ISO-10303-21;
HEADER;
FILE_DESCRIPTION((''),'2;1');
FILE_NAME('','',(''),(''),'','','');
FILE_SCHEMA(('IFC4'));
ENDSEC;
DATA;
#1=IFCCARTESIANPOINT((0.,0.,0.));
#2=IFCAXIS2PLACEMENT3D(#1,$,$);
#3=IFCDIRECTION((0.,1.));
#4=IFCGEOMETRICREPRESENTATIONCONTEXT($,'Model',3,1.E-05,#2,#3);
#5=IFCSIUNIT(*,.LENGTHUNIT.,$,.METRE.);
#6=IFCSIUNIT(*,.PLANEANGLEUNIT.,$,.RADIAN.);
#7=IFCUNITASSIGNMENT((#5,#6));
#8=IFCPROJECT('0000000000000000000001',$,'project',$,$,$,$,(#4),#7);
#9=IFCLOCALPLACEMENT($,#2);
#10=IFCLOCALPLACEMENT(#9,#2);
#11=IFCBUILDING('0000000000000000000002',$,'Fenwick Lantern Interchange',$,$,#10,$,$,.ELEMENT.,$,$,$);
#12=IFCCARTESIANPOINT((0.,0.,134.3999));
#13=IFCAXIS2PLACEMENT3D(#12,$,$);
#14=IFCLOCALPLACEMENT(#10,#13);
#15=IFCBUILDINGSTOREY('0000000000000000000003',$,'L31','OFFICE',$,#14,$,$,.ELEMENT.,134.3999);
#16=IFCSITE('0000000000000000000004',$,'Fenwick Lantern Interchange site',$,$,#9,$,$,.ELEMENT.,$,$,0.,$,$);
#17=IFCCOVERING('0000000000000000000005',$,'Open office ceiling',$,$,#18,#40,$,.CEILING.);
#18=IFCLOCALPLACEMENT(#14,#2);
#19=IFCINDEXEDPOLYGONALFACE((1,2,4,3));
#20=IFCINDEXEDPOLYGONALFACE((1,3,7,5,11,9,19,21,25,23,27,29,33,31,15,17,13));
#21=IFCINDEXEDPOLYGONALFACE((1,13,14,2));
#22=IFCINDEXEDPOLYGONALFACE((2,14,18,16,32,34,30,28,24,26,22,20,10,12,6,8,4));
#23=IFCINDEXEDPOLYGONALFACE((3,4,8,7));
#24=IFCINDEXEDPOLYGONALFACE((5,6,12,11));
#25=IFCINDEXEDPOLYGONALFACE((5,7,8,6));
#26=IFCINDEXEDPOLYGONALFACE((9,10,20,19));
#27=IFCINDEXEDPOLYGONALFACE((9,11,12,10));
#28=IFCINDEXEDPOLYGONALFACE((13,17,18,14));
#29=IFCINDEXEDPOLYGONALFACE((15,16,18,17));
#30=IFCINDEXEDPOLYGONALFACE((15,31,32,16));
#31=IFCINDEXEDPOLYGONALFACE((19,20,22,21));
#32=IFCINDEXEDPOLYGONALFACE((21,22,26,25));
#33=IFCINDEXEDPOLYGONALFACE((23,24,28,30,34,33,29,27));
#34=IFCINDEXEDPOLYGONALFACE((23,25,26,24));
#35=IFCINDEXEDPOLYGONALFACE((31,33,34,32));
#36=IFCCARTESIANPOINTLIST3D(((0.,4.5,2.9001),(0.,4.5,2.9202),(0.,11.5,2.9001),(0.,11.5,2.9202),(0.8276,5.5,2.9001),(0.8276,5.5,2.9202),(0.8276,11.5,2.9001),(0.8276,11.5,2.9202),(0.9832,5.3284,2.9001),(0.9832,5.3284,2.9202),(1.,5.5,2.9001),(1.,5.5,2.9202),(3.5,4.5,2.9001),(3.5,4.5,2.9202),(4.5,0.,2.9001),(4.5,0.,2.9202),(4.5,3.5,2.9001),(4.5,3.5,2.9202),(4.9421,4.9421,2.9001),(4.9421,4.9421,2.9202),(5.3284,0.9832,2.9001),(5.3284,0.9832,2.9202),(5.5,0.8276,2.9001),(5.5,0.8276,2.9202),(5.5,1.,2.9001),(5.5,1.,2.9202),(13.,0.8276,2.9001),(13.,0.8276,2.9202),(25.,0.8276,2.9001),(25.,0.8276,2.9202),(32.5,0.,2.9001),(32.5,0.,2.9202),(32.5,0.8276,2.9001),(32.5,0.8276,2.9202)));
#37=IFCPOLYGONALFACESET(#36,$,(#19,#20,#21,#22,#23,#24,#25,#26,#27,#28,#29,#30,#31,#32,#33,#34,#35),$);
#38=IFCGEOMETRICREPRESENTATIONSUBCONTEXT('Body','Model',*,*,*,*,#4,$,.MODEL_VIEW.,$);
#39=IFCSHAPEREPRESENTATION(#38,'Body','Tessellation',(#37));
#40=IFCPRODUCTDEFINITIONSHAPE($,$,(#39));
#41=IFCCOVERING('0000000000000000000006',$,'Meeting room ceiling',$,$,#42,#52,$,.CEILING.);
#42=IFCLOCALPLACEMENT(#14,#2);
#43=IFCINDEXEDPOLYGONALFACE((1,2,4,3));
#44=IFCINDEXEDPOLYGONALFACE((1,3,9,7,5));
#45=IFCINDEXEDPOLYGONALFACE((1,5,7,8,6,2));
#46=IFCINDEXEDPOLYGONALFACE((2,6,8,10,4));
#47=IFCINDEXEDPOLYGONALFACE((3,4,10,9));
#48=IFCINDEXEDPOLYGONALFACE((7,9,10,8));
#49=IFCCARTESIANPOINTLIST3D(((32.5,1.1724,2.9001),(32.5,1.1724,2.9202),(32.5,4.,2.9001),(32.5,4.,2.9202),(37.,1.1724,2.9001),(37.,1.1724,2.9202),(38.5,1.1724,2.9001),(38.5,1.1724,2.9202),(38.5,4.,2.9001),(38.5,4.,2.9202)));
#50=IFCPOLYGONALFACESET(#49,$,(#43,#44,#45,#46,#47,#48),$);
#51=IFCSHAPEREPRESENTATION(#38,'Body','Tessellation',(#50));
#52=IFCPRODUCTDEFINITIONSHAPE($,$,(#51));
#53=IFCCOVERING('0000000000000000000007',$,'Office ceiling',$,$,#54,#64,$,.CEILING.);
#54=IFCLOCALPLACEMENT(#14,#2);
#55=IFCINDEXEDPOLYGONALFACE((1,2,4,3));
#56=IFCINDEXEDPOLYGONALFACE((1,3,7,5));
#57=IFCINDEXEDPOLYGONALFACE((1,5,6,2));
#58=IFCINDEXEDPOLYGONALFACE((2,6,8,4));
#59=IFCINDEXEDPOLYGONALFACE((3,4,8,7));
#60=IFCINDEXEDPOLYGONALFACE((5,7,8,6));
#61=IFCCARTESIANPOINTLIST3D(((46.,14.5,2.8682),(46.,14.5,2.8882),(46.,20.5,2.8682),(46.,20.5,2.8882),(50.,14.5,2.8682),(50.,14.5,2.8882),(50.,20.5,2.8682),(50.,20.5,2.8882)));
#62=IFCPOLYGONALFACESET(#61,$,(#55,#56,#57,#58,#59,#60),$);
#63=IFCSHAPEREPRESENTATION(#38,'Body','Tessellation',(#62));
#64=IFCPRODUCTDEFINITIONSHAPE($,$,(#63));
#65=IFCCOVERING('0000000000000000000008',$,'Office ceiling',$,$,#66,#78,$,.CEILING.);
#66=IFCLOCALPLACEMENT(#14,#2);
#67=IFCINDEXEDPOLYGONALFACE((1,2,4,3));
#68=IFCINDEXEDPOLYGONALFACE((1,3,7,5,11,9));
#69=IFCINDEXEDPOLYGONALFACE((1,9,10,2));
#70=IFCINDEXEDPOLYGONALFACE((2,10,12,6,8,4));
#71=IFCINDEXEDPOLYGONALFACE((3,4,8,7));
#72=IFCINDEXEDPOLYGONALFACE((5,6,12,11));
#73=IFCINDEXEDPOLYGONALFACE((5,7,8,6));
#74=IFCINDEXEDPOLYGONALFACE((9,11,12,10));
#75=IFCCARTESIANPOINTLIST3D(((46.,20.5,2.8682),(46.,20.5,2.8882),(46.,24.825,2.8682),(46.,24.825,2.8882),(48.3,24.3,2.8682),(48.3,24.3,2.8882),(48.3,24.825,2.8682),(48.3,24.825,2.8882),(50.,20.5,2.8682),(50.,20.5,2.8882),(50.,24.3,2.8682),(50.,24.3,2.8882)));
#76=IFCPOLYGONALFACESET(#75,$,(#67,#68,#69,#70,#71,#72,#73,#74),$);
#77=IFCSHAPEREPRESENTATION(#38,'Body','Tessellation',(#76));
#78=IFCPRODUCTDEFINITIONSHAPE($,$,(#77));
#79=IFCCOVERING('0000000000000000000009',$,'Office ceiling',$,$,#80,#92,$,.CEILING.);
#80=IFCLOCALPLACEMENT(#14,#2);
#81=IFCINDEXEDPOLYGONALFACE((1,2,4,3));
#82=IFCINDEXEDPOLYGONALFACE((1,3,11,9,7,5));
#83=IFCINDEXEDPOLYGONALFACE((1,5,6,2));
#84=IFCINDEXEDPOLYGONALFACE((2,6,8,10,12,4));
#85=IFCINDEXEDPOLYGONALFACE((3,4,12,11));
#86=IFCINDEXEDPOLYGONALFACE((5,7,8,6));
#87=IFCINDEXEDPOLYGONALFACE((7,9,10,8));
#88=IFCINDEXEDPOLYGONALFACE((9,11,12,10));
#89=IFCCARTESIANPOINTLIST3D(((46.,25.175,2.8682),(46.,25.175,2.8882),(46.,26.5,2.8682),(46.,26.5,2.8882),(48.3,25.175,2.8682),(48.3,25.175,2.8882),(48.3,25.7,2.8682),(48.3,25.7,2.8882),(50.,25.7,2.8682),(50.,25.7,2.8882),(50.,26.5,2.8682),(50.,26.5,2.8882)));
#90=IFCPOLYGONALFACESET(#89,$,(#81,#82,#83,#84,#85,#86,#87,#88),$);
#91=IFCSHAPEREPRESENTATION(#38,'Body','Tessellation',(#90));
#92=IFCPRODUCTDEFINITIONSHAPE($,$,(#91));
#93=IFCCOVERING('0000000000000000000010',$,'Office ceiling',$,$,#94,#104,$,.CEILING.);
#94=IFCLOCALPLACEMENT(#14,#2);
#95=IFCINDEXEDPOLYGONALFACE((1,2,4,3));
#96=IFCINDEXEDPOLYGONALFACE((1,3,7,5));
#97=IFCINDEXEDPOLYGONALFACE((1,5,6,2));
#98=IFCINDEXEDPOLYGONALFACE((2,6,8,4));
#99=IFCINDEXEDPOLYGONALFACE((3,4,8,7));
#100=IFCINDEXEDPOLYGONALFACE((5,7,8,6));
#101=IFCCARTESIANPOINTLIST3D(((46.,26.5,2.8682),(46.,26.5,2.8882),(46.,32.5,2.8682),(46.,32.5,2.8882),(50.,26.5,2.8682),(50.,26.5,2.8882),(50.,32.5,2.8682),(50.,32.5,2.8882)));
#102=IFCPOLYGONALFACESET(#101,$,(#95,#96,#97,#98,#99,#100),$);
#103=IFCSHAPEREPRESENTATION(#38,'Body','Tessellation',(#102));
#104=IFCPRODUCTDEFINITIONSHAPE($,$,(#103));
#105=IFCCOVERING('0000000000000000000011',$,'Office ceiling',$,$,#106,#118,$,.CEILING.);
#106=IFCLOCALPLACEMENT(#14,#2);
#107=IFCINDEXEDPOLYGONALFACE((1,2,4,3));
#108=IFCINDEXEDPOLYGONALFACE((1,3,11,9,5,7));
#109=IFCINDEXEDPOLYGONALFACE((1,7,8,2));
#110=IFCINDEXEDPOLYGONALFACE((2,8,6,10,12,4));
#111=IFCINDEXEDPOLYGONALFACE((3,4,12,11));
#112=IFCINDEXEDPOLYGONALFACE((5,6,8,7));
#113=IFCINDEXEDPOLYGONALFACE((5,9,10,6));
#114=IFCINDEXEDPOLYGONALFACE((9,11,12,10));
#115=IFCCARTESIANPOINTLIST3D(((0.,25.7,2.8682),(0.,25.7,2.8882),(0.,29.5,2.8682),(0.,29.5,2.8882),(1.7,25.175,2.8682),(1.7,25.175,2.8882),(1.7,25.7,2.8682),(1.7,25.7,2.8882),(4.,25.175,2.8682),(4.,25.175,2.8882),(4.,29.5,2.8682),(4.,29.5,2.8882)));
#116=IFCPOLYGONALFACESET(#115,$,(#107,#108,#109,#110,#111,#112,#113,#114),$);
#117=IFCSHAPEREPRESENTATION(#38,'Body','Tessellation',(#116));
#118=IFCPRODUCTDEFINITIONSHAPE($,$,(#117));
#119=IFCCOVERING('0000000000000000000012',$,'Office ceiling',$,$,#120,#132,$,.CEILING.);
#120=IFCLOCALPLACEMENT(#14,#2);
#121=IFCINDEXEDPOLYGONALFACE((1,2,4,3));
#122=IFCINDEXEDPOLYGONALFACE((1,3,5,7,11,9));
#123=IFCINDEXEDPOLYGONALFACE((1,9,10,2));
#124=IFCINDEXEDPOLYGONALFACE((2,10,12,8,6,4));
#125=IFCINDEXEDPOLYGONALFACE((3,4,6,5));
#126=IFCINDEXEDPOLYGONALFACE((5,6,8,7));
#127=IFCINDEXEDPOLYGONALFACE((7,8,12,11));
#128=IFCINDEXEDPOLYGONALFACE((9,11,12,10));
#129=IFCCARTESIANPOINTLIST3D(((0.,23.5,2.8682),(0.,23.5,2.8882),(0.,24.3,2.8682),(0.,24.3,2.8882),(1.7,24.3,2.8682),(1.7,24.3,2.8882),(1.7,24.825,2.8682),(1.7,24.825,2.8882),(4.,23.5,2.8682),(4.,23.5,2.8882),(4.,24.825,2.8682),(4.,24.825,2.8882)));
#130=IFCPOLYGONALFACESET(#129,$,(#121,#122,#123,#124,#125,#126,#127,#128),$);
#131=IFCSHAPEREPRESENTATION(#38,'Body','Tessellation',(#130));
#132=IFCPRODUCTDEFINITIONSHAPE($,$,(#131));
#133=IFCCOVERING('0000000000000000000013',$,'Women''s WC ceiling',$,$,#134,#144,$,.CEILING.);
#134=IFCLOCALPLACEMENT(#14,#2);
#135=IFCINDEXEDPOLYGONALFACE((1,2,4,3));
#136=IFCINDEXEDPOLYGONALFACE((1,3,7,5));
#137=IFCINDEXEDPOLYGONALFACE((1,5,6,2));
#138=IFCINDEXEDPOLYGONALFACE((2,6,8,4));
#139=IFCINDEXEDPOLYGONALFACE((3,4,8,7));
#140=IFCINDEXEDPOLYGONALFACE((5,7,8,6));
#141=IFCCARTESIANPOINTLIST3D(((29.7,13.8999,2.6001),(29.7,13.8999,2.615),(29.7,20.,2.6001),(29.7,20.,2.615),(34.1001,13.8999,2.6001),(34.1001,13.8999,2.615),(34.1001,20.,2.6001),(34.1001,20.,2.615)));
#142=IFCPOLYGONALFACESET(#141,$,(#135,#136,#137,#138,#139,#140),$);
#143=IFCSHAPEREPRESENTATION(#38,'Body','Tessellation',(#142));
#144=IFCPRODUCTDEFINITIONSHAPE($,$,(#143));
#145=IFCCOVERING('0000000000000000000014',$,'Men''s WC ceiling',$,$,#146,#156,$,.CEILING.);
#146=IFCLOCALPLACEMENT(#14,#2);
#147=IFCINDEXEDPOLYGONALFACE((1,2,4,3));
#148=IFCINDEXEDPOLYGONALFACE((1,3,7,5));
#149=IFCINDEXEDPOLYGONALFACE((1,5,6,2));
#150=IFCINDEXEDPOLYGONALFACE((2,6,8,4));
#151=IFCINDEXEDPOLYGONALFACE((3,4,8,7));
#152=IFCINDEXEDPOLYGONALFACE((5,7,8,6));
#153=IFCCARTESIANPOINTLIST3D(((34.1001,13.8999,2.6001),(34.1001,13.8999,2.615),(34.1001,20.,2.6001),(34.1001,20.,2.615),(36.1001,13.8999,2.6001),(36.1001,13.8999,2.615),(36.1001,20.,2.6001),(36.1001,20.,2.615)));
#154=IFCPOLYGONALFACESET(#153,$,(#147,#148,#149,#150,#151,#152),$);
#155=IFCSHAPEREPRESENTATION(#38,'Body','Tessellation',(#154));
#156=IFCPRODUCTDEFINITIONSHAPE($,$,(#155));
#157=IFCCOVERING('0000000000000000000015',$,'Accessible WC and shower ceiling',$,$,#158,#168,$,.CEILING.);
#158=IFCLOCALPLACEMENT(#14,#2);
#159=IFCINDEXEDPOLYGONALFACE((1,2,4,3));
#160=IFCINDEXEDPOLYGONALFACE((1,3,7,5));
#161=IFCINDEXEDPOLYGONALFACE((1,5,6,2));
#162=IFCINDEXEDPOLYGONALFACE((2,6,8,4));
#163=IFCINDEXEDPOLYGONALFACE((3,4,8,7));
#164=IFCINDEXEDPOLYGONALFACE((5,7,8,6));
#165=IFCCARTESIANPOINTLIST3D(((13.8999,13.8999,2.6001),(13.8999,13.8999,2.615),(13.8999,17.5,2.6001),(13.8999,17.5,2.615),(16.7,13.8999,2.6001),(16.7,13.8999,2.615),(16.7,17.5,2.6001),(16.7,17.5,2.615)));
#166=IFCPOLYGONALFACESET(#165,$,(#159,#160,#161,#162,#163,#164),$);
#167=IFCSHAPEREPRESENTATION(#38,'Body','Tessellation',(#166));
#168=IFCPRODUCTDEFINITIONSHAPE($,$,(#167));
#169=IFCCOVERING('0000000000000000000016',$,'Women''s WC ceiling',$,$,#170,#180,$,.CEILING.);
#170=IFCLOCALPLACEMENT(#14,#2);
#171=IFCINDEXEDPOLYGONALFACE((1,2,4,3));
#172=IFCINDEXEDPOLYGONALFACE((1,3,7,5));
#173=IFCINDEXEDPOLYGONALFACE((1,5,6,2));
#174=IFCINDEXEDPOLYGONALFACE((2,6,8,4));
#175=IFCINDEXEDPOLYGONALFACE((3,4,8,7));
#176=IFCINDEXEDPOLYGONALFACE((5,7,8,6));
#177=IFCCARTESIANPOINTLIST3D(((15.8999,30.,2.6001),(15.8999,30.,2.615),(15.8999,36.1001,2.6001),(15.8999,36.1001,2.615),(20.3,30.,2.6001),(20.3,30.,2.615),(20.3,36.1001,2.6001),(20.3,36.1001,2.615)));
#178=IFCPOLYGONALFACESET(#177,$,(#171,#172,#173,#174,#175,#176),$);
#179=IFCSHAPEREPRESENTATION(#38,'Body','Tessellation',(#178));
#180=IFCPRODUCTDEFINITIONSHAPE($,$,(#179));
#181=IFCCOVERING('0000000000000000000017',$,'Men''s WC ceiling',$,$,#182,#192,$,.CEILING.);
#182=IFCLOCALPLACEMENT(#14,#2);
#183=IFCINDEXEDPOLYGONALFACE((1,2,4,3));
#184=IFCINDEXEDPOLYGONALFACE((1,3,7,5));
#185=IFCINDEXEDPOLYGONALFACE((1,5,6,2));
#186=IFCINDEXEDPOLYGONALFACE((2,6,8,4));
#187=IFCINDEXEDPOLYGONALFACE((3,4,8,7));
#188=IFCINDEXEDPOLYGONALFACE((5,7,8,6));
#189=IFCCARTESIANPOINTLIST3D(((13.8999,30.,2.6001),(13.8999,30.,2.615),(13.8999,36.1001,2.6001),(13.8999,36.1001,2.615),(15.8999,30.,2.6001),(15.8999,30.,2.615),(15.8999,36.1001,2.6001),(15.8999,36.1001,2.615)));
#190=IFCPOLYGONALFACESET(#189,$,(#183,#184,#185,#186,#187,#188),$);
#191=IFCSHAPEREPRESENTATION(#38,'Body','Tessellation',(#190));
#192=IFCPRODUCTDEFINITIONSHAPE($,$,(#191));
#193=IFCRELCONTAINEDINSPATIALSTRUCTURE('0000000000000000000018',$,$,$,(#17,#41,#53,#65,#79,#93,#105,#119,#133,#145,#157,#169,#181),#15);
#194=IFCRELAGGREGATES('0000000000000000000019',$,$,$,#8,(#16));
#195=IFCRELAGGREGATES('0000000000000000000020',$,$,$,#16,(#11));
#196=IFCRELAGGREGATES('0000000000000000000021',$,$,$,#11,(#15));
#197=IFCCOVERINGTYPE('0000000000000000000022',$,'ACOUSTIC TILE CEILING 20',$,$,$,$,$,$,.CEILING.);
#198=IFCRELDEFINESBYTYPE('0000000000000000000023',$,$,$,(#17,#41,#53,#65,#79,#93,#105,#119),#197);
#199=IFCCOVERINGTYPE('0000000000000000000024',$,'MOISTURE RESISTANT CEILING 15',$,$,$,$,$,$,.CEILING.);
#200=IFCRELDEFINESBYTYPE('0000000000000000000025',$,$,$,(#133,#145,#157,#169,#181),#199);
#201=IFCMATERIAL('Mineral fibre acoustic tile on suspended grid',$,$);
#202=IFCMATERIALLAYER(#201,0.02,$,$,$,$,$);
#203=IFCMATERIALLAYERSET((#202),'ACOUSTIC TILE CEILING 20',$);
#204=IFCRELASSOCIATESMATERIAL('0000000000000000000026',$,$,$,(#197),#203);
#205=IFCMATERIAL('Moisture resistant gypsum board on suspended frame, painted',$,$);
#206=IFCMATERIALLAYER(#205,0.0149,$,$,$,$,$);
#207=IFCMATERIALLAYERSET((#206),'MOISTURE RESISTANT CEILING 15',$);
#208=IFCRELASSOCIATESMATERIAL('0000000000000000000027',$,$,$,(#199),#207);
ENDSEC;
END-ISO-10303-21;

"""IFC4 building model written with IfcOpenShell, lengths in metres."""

from ifc_helpers import new_model, si_unit, direction, frame, origin, place, context, subcontext, project, spatial, polyline, outline, extrude, material, layer, layer_set, type_object, element, save


model = new_model("IFC4")

# Units and contexts
model_context = context("Model", 3, precision=1e-05, world=origin(), true_north=direction((0.0, 1.0)))
body_context = subcontext(model_context, "Body", "Model", "MODEL_VIEW")
ifc_project = project(units=[si_unit("LENGTHUNIT", "METRE"), si_unit("PLANEANGLEUNIT", "RADIAN")], contexts=[model_context])

# Site, building, storey
site_placement = place(None, origin())
site = spatial("IfcSite", under=ifc_project, at=site_placement, Name="Fenwick Lantern Interchange site", CompositionType="ELEMENT", RefElevation=0.0)
building_placement = place(site_placement, origin())
building = spatial("IfcBuilding", under=site, at=building_placement, Name="Fenwick Lantern Interchange", CompositionType="ELEMENT")
storey_placement = place(building_placement, frame((0.0, 0.0, 134.3999)))
storey = spatial("IfcBuildingStorey", under=building, at=storey_placement, Name="L31", Description="OFFICE", CompositionType="ELEMENT", Elevation=134.3999)

# Coverings
ifc_material_1 = material(Name="Mineral fibre acoustic tile on suspended grid")
ifc_layer_1 = layer(ifc_material_1, 0.02)
ifc_layer_set_1 = layer_set([ifc_layer_1], Name="ACOUSTIC TILE CEILING 20")
covering_type_1 = type_object("IfcCoveringType", Name="ACOUSTIC TILE CEILING 20", PredefinedType="CEILING", material=ifc_layer_set_1)
covering_1_placement = place(storey_placement, frame((0.0, 0.0, 2.9001)))
element("IfcCovering", 1, at=covering_1_placement, inside=storey, type_object=covering_type_1, Name="Open office ceiling", PredefinedType="CEILING", context=body_context, shape_type="SweptSolid", body=[
    extrude(outline(polyline([(4.5, 3.5), (4.5, 0.0), (32.5, 0.0), (32.5, 0.8276), (25.0, 0.8276), (13.0, 0.8276), (5.5, 0.8276), (5.5, 1.0), (5.3284, 0.9832), (4.9421, 4.9421), (0.9832, 5.3284), (1.0, 5.5), (0.8276, 5.5), (0.8276, 11.5), (0.0, 11.5), (0.0, 4.5), (3.5, 4.5), (4.5, 3.5)])), origin(), (0.0, 0.0, 1.0), 0.02),
])
covering_2_placement = place(storey_placement, frame((0.0, 0.0, 2.9001)))
element("IfcCovering", 2, at=covering_2_placement, inside=storey, type_object=covering_type_1, Name="Meeting room ceiling", PredefinedType="CEILING", context=body_context, shape_type="SweptSolid", body=[
    extrude(outline(polyline([(32.5, 4.0), (32.5, 1.1724), (37.0, 1.1724), (38.5, 1.1724), (38.5, 4.0), (32.5, 4.0)])), origin(), (0.0, 0.0, 1.0), 0.02),
])
covering_3_placement = place(storey_placement, frame((0.0, 0.0, 2.8682)))
element("IfcCovering", 3, at=covering_3_placement, inside=storey, type_object=covering_type_1, Name="Office ceiling", PredefinedType="CEILING", context=body_context, shape_type="SweptSolid", body=[
    extrude(outline(polyline([(50.0, 14.5), (50.0, 20.5), (46.0, 20.5), (46.0, 14.5), (50.0, 14.5)])), origin(), (0.0, 0.0, 1.0), 0.02),
])
covering_4_placement = place(storey_placement, frame((0.0, 0.0, 2.8682)))
element("IfcCovering", 4, at=covering_4_placement, inside=storey, type_object=covering_type_1, Name="Office ceiling", PredefinedType="CEILING", context=body_context, shape_type="SweptSolid", body=[
    extrude(outline(polyline([(46.0, 20.5), (50.0, 20.5), (50.0, 24.3), (48.3, 24.3), (48.3, 24.825), (46.0, 24.825), (46.0, 20.5)])), origin(), (0.0, 0.0, 1.0), 0.02),
])
covering_5_placement = place(storey_placement, frame((0.0, 0.0, 2.8682)))
element("IfcCovering", 5, at=covering_5_placement, inside=storey, type_object=covering_type_1, Name="Office ceiling", PredefinedType="CEILING", context=body_context, shape_type="SweptSolid", body=[
    extrude(outline(polyline([(46.0, 26.5), (46.0, 25.175), (48.3, 25.175), (48.3, 25.7), (50.0, 25.7), (50.0, 26.5), (46.0, 26.5)])), origin(), (0.0, 0.0, 1.0), 0.02),
])
covering_6_placement = place(storey_placement, frame((0.0, 0.0, 2.8682)))
element("IfcCovering", 6, at=covering_6_placement, inside=storey, type_object=covering_type_1, Name="Office ceiling", PredefinedType="CEILING", context=body_context, shape_type="SweptSolid", body=[
    extrude(outline(polyline([(50.0, 26.5), (50.0, 32.5), (46.0, 32.5), (46.0, 26.5), (50.0, 26.5)])), origin(), (0.0, 0.0, 1.0), 0.02),
])
covering_7_placement = place(storey_placement, frame((0.0, 0.0, 2.8682)))
element("IfcCovering", 7, at=covering_7_placement, inside=storey, type_object=covering_type_1, Name="Office ceiling", PredefinedType="CEILING", context=body_context, shape_type="SweptSolid", body=[
    extrude(outline(polyline([(4.0, 29.5), (0.0, 29.5), (0.0, 25.7), (1.7, 25.7), (1.7, 25.175), (4.0, 25.175), (4.0, 29.5)])), origin(), (0.0, 0.0, 1.0), 0.02),
])
covering_8_placement = place(storey_placement, frame((0.0, 0.0, 2.8682)))
element("IfcCovering", 8, at=covering_8_placement, inside=storey, type_object=covering_type_1, Name="Office ceiling", PredefinedType="CEILING", context=body_context, shape_type="SweptSolid", body=[
    extrude(outline(polyline([(4.0, 23.5), (4.0, 24.825), (1.7, 24.825), (1.7, 24.3), (0.0, 24.3), (0.0, 23.5), (4.0, 23.5)])), origin(), (0.0, 0.0, 1.0), 0.02),
])
ifc_material_2 = material(Name="Moisture resistant gypsum board on suspended frame, painted")
ifc_layer_2 = layer(ifc_material_2, 0.0149)
ifc_layer_set_2 = layer_set([ifc_layer_2], Name="MOISTURE RESISTANT CEILING 15")
covering_type_2 = type_object("IfcCoveringType", Name="MOISTURE RESISTANT CEILING 15", PredefinedType="CEILING", material=ifc_layer_set_2)
covering_9_placement = place(storey_placement, frame((0.0, 0.0, 2.6001)))
element("IfcCovering", 9, at=covering_9_placement, inside=storey, type_object=covering_type_2, Name="Women's WC ceiling", PredefinedType="CEILING", context=body_context, shape_type="SweptSolid", body=[
    extrude(outline(polyline([(29.7, 13.8999), (34.1001, 13.8999), (34.1001, 20.0), (29.7, 20.0), (29.7, 13.8999)])), origin(), (0.0, 0.0, 1.0), 0.0149),
])
covering_10_placement = place(storey_placement, frame((0.0, 0.0, 2.6001)))
element("IfcCovering", 10, at=covering_10_placement, inside=storey, type_object=covering_type_2, Name="Men's WC ceiling", PredefinedType="CEILING", context=body_context, shape_type="SweptSolid", body=[
    extrude(outline(polyline([(34.1001, 13.8999), (36.1001, 13.8999), (36.1001, 20.0), (34.1001, 20.0), (34.1001, 13.8999)])), origin(), (0.0, 0.0, 1.0), 0.0149),
])
covering_11_placement = place(storey_placement, frame((0.0, 0.0, 2.6001)))
element("IfcCovering", 11, at=covering_11_placement, inside=storey, type_object=covering_type_2, Name="Accessible WC and shower ceiling", PredefinedType="CEILING", context=body_context, shape_type="SweptSolid", body=[
    extrude(outline(polyline([(13.8999, 13.8999), (16.7, 13.8999), (16.7, 17.5), (13.8999, 17.5), (13.8999, 13.8999)])), origin(), (0.0, 0.0, 1.0), 0.0149),
])
covering_12_placement = place(storey_placement, frame((0.0, 0.0, 2.6001)))
element("IfcCovering", 12, at=covering_12_placement, inside=storey, type_object=covering_type_2, Name="Women's WC ceiling", PredefinedType="CEILING", context=body_context, shape_type="SweptSolid", body=[
    extrude(outline(polyline([(20.3, 36.1001), (15.8999, 36.1001), (15.8999, 30.0), (20.3, 30.0), (20.3, 36.1001)])), origin(), (0.0, 0.0, 1.0), 0.0149),
])
covering_13_placement = place(storey_placement, frame((0.0, 0.0, 2.6001)))
element("IfcCovering", 13, at=covering_13_placement, inside=storey, type_object=covering_type_2, Name="Men's WC ceiling", PredefinedType="CEILING", context=body_context, shape_type="SweptSolid", body=[
    extrude(outline(polyline([(15.8999, 36.1001), (13.8999, 36.1001), (13.8999, 30.0), (15.8999, 30.0), (15.8999, 36.1001)])), origin(), (0.0, 0.0, 1.0), 0.0149),
])

save(model, "model.ifc")
